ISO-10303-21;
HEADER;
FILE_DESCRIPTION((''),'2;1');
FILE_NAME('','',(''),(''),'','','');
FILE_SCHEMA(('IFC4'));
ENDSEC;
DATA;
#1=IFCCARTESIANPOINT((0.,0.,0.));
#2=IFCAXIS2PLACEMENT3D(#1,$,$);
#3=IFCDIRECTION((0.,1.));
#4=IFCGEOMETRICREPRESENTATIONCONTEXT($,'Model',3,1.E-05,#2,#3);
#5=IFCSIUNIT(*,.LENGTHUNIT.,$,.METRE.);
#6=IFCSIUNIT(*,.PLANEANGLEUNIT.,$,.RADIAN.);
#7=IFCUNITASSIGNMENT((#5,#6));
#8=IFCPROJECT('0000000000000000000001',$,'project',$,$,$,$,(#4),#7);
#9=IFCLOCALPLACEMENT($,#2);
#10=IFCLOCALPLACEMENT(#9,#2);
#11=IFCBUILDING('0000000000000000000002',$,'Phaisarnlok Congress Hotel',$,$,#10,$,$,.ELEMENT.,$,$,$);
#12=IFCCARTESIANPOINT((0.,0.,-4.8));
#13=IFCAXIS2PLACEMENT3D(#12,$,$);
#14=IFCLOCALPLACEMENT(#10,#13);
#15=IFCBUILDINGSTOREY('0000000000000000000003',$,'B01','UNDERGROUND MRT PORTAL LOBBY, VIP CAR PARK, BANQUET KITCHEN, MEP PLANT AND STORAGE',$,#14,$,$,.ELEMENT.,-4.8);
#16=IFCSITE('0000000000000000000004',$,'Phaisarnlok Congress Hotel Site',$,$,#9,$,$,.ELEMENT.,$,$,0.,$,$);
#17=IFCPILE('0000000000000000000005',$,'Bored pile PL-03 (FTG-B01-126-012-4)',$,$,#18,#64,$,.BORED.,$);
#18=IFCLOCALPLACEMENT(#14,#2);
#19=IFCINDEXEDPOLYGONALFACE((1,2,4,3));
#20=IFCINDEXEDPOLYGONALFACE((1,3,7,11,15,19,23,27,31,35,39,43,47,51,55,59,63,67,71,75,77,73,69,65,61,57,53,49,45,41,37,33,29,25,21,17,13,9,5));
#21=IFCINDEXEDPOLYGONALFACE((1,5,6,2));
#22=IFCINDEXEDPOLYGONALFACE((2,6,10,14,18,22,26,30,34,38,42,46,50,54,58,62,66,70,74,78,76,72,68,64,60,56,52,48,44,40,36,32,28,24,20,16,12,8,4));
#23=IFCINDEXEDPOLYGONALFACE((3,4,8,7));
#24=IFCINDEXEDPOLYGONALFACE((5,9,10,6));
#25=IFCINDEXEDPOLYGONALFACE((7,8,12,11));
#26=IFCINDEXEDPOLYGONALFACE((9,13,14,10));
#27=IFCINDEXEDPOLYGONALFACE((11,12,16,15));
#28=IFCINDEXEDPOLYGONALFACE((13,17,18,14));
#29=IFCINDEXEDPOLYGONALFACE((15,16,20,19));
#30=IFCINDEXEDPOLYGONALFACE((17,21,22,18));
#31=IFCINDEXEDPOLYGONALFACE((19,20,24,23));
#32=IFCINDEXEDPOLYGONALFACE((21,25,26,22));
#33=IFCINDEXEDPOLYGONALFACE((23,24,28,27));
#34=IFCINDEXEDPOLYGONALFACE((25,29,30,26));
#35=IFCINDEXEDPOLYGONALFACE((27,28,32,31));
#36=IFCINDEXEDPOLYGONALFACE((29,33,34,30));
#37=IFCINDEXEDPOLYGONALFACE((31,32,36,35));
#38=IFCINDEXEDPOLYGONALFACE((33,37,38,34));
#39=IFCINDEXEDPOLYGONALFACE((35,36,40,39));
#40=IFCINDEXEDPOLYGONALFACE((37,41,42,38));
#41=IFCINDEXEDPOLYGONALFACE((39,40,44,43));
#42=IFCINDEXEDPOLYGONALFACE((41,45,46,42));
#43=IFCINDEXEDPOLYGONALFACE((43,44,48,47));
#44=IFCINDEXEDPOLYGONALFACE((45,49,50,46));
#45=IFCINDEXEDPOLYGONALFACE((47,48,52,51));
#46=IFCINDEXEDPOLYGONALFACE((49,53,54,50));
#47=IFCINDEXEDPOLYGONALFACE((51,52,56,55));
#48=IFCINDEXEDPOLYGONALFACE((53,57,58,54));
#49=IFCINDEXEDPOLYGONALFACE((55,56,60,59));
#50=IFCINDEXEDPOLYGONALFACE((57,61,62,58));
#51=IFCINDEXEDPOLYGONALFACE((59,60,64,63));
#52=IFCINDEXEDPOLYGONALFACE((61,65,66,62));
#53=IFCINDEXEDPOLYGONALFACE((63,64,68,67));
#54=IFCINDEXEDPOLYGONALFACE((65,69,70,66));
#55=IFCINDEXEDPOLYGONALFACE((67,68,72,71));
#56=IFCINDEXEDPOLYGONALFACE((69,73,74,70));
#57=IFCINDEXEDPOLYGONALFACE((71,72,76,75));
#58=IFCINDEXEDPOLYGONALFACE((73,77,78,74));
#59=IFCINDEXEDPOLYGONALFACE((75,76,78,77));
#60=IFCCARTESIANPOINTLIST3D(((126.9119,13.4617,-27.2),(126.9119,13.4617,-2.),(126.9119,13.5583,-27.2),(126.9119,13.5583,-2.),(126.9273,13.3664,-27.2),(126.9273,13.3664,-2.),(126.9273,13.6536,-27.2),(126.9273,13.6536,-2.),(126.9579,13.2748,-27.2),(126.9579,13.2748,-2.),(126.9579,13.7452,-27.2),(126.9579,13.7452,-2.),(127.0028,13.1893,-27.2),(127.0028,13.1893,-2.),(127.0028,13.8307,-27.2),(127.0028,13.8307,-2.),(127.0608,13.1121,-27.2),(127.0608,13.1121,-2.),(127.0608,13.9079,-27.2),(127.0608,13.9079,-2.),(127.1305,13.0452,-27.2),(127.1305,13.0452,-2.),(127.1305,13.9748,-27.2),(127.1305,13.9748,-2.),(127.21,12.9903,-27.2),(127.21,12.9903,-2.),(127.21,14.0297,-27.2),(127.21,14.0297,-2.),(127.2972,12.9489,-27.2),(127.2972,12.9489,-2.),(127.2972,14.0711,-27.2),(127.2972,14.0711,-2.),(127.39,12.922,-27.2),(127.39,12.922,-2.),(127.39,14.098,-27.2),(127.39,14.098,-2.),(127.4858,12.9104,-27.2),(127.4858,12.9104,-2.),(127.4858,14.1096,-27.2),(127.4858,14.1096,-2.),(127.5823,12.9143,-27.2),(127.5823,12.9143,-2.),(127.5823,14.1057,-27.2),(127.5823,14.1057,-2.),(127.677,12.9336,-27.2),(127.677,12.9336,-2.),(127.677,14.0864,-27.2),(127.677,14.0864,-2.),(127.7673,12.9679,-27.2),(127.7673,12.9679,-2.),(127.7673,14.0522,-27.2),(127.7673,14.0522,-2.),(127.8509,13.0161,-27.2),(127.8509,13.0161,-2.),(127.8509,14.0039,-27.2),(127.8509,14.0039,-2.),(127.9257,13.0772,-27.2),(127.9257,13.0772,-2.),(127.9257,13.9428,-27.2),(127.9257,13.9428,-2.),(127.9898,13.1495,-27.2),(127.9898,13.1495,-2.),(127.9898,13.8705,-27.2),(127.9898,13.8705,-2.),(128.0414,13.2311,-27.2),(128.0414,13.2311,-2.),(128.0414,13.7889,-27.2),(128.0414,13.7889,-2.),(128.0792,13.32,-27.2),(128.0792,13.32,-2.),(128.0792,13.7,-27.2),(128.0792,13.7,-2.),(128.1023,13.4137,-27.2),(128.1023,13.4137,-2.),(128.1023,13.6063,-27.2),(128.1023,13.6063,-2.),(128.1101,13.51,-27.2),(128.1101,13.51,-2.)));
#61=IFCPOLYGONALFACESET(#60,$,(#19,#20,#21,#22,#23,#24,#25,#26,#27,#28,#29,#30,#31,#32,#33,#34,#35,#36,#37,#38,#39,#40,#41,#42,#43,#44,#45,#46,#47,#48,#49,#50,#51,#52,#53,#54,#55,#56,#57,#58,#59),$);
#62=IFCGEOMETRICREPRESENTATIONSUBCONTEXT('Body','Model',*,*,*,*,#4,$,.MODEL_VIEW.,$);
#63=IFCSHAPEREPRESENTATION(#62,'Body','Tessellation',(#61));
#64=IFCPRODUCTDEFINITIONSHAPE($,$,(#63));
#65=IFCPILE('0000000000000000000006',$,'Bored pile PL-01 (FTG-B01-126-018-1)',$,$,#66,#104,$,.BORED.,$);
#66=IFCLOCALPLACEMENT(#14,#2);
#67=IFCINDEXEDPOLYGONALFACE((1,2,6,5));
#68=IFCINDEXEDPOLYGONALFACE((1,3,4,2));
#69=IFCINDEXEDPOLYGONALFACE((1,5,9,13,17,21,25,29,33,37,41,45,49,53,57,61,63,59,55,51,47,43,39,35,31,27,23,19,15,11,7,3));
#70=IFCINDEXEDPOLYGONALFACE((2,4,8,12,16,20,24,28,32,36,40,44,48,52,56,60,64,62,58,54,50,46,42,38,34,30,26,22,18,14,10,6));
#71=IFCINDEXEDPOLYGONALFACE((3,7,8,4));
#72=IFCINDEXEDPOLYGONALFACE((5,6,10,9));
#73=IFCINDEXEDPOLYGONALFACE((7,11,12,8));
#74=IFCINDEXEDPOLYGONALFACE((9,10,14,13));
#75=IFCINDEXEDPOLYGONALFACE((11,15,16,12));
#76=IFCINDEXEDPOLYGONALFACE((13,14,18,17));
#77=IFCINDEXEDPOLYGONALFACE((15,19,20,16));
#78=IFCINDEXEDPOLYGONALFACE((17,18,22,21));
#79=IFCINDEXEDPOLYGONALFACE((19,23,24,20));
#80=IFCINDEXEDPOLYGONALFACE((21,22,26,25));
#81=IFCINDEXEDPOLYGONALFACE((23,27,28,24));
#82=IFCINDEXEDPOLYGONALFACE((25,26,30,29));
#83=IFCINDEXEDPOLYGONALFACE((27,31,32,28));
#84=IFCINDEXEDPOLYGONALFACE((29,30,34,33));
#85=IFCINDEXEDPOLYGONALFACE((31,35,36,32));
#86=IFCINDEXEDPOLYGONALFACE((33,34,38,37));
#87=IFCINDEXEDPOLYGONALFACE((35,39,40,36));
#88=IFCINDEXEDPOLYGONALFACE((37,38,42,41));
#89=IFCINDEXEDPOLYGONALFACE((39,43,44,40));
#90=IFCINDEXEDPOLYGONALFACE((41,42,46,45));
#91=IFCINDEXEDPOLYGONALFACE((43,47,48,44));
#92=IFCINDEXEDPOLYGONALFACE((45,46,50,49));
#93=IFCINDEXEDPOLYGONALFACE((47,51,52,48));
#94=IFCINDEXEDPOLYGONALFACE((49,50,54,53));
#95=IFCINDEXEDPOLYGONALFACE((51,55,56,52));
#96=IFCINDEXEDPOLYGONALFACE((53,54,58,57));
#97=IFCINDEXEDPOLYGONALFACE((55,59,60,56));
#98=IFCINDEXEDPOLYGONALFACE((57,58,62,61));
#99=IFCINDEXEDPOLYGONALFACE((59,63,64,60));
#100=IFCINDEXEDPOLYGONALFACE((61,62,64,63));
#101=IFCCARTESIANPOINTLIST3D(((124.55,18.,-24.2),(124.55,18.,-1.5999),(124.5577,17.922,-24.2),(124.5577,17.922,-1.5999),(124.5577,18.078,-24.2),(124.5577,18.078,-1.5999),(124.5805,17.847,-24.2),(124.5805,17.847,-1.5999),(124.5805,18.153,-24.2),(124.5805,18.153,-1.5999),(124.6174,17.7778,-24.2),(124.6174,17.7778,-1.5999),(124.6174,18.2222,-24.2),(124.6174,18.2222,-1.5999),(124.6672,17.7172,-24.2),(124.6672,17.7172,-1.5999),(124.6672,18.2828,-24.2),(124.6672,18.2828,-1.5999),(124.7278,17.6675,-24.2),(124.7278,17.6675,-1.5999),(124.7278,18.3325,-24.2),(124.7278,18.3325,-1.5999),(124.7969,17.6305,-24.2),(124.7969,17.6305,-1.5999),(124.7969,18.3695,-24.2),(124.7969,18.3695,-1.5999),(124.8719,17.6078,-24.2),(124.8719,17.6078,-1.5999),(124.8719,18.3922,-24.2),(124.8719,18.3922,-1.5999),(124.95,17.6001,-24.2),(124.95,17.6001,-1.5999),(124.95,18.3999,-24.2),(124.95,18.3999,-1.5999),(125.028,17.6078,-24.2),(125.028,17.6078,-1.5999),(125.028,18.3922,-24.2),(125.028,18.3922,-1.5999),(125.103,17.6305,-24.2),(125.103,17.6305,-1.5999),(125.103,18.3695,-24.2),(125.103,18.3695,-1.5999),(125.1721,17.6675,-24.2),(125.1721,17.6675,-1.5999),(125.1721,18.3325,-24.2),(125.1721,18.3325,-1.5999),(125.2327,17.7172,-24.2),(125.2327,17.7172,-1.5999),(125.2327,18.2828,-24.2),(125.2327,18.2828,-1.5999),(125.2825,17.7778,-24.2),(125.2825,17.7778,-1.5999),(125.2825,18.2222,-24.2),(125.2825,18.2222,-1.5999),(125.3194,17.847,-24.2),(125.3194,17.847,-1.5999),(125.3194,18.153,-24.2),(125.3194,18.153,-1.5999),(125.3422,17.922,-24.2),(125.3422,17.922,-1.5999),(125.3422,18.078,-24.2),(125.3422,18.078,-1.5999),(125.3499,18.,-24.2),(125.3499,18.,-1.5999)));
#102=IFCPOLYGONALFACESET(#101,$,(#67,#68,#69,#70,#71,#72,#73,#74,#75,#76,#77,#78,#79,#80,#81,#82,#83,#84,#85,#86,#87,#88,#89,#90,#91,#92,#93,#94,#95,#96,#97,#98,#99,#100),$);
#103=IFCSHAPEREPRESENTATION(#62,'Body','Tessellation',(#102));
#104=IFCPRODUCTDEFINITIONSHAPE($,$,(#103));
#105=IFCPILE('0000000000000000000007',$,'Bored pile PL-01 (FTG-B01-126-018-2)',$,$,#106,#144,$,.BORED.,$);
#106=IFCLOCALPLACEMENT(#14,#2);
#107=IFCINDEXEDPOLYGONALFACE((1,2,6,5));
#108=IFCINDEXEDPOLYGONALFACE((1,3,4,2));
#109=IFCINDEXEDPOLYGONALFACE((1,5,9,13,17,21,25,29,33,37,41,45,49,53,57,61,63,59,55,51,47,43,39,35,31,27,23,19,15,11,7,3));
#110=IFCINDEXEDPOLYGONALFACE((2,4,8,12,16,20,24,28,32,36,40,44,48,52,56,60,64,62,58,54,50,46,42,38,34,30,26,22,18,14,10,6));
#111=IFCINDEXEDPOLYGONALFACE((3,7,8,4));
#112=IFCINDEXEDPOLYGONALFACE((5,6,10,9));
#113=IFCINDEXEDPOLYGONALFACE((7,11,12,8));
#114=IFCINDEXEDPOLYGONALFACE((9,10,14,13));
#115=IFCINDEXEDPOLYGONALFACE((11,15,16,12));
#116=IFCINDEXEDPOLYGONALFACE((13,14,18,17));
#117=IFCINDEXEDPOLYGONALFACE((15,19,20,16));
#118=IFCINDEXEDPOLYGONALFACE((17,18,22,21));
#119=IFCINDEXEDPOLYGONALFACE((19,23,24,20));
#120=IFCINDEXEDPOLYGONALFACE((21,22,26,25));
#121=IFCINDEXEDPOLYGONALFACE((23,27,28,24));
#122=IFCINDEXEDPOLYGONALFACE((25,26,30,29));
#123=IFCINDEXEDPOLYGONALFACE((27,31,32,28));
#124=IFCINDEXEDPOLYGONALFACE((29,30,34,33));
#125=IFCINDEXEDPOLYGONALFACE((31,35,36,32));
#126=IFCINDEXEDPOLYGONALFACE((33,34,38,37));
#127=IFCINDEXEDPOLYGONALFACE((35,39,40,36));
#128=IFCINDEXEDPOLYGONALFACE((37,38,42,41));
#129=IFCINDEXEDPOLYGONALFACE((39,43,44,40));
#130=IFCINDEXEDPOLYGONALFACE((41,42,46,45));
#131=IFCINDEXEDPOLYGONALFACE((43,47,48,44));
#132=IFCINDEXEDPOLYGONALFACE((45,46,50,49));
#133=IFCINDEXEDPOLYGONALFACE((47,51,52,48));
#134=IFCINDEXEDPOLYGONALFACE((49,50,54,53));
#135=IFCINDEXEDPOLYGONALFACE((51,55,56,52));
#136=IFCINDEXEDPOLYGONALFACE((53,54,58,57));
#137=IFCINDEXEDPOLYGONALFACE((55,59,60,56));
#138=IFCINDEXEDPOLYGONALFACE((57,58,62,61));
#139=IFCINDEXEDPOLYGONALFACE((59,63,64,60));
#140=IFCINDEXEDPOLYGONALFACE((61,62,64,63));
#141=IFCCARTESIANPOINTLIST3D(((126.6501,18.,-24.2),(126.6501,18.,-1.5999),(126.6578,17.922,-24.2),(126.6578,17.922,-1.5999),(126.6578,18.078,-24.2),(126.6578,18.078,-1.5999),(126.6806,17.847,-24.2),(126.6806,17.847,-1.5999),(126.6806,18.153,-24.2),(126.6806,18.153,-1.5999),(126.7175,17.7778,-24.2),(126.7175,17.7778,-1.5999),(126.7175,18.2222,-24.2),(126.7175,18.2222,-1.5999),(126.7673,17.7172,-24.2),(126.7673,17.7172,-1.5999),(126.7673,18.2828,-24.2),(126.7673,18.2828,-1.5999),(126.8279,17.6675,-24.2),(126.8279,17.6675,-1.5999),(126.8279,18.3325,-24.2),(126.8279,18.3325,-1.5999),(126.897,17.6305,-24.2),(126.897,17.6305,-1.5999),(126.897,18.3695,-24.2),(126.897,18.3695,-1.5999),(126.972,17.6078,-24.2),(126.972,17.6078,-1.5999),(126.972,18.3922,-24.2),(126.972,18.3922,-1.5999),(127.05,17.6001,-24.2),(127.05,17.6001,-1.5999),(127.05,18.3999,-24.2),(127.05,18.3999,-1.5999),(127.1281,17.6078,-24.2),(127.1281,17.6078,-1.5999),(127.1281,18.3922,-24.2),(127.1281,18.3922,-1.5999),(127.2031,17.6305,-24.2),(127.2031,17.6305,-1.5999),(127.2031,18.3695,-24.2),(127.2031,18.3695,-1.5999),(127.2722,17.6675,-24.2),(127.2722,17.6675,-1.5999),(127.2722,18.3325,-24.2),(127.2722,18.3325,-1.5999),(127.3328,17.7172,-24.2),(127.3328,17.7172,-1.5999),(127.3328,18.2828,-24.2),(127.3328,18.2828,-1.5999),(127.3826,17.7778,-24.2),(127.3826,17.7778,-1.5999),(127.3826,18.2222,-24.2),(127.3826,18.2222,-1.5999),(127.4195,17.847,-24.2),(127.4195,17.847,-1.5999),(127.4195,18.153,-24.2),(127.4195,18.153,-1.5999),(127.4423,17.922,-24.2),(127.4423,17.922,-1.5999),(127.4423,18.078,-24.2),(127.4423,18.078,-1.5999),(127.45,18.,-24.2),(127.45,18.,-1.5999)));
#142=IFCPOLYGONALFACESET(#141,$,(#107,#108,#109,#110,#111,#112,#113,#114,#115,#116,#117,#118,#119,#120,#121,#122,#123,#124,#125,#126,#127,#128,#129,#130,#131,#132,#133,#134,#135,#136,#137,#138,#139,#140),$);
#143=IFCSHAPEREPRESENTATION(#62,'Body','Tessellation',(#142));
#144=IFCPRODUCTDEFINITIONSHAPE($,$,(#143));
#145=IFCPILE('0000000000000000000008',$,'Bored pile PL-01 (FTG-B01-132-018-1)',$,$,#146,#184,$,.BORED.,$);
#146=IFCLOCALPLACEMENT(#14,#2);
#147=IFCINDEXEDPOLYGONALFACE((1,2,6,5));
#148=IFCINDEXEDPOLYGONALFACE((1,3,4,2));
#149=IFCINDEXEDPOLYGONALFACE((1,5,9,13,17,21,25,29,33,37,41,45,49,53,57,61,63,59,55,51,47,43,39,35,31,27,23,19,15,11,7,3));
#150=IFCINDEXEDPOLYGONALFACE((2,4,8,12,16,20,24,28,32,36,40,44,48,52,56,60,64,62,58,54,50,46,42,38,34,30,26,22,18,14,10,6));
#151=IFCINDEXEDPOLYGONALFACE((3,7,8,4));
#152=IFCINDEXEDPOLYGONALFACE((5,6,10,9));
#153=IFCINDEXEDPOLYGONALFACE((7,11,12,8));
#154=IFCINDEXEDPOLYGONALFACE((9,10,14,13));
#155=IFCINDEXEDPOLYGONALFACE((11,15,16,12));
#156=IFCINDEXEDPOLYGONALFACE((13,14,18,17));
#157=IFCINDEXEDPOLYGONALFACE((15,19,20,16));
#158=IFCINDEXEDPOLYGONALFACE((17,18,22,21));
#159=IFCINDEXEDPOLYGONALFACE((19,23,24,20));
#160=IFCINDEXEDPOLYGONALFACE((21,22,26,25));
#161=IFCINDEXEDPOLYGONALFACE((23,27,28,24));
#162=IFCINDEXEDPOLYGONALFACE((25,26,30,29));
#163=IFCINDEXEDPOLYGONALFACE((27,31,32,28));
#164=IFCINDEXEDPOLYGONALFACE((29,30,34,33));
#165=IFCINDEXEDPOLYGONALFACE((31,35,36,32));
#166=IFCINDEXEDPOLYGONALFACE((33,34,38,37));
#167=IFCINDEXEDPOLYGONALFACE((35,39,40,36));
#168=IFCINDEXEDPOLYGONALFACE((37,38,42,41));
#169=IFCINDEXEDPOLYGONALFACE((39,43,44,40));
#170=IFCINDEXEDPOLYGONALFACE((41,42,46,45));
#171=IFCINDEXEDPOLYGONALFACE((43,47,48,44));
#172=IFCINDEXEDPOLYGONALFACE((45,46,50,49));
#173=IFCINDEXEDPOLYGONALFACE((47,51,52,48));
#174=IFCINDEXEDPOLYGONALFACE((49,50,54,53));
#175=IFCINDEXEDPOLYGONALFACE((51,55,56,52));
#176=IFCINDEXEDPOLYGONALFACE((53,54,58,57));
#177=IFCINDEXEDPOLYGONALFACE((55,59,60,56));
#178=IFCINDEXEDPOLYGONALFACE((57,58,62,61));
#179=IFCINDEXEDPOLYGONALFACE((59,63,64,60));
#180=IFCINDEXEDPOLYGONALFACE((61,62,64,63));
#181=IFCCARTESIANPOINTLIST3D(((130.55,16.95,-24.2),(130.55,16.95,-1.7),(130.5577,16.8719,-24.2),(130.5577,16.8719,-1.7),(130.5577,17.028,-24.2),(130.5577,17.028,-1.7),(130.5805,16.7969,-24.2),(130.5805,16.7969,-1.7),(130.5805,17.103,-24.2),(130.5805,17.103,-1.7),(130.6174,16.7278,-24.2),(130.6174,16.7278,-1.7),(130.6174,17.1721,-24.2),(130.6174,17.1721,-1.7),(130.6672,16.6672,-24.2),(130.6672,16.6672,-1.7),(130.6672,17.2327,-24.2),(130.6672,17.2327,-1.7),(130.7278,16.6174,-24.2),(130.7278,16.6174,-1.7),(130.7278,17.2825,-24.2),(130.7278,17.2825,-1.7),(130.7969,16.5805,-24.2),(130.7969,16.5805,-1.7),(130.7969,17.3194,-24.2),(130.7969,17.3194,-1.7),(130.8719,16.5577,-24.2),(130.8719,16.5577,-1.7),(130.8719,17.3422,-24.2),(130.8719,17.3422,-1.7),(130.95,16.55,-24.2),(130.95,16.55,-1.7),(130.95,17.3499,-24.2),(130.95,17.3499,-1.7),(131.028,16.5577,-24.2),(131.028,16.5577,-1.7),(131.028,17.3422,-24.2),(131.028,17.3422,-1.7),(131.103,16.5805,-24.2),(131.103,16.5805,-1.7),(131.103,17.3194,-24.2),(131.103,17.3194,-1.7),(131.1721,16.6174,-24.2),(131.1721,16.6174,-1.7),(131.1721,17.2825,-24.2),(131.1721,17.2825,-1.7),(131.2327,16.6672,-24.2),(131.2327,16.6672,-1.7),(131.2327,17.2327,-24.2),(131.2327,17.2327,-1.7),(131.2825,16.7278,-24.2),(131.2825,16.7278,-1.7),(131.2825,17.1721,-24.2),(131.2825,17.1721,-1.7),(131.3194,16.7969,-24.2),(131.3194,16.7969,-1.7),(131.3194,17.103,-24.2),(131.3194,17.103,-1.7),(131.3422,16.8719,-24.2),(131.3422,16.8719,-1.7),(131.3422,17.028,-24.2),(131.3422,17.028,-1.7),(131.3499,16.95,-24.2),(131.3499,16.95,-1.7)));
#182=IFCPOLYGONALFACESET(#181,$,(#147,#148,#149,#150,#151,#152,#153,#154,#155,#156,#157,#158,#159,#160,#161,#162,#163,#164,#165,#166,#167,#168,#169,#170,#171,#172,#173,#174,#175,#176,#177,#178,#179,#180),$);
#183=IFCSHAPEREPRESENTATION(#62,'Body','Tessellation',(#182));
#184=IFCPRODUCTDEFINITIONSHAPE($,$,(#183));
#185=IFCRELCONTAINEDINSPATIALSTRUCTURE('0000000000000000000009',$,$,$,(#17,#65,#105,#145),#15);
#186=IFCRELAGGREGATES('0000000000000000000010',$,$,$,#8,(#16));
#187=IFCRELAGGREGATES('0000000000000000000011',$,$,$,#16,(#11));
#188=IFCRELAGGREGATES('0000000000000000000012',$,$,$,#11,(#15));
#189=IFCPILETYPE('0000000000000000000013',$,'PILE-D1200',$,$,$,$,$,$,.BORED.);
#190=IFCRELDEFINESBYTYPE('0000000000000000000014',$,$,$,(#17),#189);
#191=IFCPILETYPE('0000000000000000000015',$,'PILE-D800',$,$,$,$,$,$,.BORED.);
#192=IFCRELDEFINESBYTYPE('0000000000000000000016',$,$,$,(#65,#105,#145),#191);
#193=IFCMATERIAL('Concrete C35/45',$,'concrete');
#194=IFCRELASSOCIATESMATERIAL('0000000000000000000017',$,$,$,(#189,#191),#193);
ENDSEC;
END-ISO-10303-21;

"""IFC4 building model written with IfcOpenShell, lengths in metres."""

from ifc_helpers import new_model, si_unit, direction, frame, origin, origin_2d, place, context, subcontext, project, spatial, circle, extrude, material, material_profile, profile_set, type_object, element, save


model = new_model("IFC4")

# Units and contexts
model_context = context("Model", 3, precision=1e-05, world=origin(), true_north=direction((0.0, 1.0)))
body_context = subcontext(model_context, "Body", "Model", "MODEL_VIEW")
ifc_project = project(units=[si_unit("LENGTHUNIT", "METRE"), si_unit("PLANEANGLEUNIT", "RADIAN")], contexts=[model_context])

# Site, building, storey
site_placement = place(None, origin())
site = spatial("IfcSite", under=ifc_project, at=site_placement, Name="Phaisarnlok Congress Hotel Site", CompositionType="ELEMENT", RefElevation=0.0)
building_placement = place(site_placement, origin())
building = spatial("IfcBuilding", under=site, at=building_placement, Name="Phaisarnlok Congress Hotel", CompositionType="ELEMENT")
storey_placement = place(building_placement, frame((0.0, 0.0, -4.8)))
storey = spatial("IfcBuildingStorey", under=building, at=storey_placement, Name="B01", Description="UNDERGROUND MRT PORTAL LOBBY, VIP CAR PARK, BANQUET KITCHEN, MEP PLANT AND STORAGE", CompositionType="ELEMENT", Elevation=-4.8)

# Piles
ifc_material_1 = material(Name="Concrete C35/45", Category="concrete")
ifc_material_profile_1 = material_profile(ifc_material_1, circle(Radius=0.6001, at=origin_2d()), Name="BORED PILE D1200")
ifc_profile_set_1 = profile_set([ifc_material_profile_1], Name="Concrete C35/45")
pile_type_1 = type_object("IfcPileType", Name="PILE-D1200", PredefinedType="BORED", material=ifc_profile_set_1)
for number, where, z_axis, x_axis, name in (
    (1, (127.51, 13.51, -2.0), (0.0, 0.0, -1.0), (1.0, 0.0, 0.0), "Bored pile PL-03 (FTG-B01-126-012-4)"),
):
    element("IfcPile", number, at=place(storey_placement, frame(where, z_axis=z_axis, x_axis=x_axis)), inside=storey, type_object=pile_type_1, Name=name, PredefinedType="BORED", context=body_context, shape_type="SweptSolid", body=[
        extrude(circle(Radius=0.6001, at=origin_2d()), origin(), (0.0, 0.0, 1.0), 25.2),
    ])
ifc_material_profile_2 = material_profile(ifc_material_1, circle(Radius=0.3999, at=origin_2d()), Name="BORED PILE D800")
ifc_profile_set_2 = profile_set([ifc_material_profile_2], Name="Concrete C35/45")
pile_type_2 = type_object("IfcPileType", Name="PILE-D800", PredefinedType="BORED", material=ifc_profile_set_2)
for number, where, z_axis, x_axis, name in (
    (2, (124.95, 18.0, -1.5999), (0.0, 0.0, -1.0), (1.0, 0.0, 0.0), "Bored pile PL-01 (FTG-B01-126-018-1)"),
    (3, (127.05, 18.0, -1.5999), (0.0, 0.0, -1.0), (1.0, 0.0, 0.0), "Bored pile PL-01 (FTG-B01-126-018-2)"),
):
    element("IfcPile", number, at=place(storey_placement, frame(where, z_axis=z_axis, x_axis=x_axis)), inside=storey, type_object=pile_type_2, Name=name, PredefinedType="BORED", context=body_context, shape_type="SweptSolid", body=[
        extrude(circle(Radius=0.3999, at=origin_2d()), origin(), (0.0, 0.0, 1.0), 22.6001),
    ])
for number, where, z_axis, x_axis, name in (
    (4, (130.95, 16.95, -1.7), (0.0, 0.0, -1.0), (1.0, 0.0, 0.0), "Bored pile PL-01 (FTG-B01-132-018-1)"),
):
    element("IfcPile", number, at=place(storey_placement, frame(where, z_axis=z_axis, x_axis=x_axis)), inside=storey, type_object=pile_type_2, Name=name, PredefinedType="BORED", context=body_context, shape_type="SweptSolid", body=[
        extrude(circle(Radius=0.3999, at=origin_2d()), origin(), (0.0, 0.0, 1.0), 22.5),
    ])

save(model, "model.ifc")
